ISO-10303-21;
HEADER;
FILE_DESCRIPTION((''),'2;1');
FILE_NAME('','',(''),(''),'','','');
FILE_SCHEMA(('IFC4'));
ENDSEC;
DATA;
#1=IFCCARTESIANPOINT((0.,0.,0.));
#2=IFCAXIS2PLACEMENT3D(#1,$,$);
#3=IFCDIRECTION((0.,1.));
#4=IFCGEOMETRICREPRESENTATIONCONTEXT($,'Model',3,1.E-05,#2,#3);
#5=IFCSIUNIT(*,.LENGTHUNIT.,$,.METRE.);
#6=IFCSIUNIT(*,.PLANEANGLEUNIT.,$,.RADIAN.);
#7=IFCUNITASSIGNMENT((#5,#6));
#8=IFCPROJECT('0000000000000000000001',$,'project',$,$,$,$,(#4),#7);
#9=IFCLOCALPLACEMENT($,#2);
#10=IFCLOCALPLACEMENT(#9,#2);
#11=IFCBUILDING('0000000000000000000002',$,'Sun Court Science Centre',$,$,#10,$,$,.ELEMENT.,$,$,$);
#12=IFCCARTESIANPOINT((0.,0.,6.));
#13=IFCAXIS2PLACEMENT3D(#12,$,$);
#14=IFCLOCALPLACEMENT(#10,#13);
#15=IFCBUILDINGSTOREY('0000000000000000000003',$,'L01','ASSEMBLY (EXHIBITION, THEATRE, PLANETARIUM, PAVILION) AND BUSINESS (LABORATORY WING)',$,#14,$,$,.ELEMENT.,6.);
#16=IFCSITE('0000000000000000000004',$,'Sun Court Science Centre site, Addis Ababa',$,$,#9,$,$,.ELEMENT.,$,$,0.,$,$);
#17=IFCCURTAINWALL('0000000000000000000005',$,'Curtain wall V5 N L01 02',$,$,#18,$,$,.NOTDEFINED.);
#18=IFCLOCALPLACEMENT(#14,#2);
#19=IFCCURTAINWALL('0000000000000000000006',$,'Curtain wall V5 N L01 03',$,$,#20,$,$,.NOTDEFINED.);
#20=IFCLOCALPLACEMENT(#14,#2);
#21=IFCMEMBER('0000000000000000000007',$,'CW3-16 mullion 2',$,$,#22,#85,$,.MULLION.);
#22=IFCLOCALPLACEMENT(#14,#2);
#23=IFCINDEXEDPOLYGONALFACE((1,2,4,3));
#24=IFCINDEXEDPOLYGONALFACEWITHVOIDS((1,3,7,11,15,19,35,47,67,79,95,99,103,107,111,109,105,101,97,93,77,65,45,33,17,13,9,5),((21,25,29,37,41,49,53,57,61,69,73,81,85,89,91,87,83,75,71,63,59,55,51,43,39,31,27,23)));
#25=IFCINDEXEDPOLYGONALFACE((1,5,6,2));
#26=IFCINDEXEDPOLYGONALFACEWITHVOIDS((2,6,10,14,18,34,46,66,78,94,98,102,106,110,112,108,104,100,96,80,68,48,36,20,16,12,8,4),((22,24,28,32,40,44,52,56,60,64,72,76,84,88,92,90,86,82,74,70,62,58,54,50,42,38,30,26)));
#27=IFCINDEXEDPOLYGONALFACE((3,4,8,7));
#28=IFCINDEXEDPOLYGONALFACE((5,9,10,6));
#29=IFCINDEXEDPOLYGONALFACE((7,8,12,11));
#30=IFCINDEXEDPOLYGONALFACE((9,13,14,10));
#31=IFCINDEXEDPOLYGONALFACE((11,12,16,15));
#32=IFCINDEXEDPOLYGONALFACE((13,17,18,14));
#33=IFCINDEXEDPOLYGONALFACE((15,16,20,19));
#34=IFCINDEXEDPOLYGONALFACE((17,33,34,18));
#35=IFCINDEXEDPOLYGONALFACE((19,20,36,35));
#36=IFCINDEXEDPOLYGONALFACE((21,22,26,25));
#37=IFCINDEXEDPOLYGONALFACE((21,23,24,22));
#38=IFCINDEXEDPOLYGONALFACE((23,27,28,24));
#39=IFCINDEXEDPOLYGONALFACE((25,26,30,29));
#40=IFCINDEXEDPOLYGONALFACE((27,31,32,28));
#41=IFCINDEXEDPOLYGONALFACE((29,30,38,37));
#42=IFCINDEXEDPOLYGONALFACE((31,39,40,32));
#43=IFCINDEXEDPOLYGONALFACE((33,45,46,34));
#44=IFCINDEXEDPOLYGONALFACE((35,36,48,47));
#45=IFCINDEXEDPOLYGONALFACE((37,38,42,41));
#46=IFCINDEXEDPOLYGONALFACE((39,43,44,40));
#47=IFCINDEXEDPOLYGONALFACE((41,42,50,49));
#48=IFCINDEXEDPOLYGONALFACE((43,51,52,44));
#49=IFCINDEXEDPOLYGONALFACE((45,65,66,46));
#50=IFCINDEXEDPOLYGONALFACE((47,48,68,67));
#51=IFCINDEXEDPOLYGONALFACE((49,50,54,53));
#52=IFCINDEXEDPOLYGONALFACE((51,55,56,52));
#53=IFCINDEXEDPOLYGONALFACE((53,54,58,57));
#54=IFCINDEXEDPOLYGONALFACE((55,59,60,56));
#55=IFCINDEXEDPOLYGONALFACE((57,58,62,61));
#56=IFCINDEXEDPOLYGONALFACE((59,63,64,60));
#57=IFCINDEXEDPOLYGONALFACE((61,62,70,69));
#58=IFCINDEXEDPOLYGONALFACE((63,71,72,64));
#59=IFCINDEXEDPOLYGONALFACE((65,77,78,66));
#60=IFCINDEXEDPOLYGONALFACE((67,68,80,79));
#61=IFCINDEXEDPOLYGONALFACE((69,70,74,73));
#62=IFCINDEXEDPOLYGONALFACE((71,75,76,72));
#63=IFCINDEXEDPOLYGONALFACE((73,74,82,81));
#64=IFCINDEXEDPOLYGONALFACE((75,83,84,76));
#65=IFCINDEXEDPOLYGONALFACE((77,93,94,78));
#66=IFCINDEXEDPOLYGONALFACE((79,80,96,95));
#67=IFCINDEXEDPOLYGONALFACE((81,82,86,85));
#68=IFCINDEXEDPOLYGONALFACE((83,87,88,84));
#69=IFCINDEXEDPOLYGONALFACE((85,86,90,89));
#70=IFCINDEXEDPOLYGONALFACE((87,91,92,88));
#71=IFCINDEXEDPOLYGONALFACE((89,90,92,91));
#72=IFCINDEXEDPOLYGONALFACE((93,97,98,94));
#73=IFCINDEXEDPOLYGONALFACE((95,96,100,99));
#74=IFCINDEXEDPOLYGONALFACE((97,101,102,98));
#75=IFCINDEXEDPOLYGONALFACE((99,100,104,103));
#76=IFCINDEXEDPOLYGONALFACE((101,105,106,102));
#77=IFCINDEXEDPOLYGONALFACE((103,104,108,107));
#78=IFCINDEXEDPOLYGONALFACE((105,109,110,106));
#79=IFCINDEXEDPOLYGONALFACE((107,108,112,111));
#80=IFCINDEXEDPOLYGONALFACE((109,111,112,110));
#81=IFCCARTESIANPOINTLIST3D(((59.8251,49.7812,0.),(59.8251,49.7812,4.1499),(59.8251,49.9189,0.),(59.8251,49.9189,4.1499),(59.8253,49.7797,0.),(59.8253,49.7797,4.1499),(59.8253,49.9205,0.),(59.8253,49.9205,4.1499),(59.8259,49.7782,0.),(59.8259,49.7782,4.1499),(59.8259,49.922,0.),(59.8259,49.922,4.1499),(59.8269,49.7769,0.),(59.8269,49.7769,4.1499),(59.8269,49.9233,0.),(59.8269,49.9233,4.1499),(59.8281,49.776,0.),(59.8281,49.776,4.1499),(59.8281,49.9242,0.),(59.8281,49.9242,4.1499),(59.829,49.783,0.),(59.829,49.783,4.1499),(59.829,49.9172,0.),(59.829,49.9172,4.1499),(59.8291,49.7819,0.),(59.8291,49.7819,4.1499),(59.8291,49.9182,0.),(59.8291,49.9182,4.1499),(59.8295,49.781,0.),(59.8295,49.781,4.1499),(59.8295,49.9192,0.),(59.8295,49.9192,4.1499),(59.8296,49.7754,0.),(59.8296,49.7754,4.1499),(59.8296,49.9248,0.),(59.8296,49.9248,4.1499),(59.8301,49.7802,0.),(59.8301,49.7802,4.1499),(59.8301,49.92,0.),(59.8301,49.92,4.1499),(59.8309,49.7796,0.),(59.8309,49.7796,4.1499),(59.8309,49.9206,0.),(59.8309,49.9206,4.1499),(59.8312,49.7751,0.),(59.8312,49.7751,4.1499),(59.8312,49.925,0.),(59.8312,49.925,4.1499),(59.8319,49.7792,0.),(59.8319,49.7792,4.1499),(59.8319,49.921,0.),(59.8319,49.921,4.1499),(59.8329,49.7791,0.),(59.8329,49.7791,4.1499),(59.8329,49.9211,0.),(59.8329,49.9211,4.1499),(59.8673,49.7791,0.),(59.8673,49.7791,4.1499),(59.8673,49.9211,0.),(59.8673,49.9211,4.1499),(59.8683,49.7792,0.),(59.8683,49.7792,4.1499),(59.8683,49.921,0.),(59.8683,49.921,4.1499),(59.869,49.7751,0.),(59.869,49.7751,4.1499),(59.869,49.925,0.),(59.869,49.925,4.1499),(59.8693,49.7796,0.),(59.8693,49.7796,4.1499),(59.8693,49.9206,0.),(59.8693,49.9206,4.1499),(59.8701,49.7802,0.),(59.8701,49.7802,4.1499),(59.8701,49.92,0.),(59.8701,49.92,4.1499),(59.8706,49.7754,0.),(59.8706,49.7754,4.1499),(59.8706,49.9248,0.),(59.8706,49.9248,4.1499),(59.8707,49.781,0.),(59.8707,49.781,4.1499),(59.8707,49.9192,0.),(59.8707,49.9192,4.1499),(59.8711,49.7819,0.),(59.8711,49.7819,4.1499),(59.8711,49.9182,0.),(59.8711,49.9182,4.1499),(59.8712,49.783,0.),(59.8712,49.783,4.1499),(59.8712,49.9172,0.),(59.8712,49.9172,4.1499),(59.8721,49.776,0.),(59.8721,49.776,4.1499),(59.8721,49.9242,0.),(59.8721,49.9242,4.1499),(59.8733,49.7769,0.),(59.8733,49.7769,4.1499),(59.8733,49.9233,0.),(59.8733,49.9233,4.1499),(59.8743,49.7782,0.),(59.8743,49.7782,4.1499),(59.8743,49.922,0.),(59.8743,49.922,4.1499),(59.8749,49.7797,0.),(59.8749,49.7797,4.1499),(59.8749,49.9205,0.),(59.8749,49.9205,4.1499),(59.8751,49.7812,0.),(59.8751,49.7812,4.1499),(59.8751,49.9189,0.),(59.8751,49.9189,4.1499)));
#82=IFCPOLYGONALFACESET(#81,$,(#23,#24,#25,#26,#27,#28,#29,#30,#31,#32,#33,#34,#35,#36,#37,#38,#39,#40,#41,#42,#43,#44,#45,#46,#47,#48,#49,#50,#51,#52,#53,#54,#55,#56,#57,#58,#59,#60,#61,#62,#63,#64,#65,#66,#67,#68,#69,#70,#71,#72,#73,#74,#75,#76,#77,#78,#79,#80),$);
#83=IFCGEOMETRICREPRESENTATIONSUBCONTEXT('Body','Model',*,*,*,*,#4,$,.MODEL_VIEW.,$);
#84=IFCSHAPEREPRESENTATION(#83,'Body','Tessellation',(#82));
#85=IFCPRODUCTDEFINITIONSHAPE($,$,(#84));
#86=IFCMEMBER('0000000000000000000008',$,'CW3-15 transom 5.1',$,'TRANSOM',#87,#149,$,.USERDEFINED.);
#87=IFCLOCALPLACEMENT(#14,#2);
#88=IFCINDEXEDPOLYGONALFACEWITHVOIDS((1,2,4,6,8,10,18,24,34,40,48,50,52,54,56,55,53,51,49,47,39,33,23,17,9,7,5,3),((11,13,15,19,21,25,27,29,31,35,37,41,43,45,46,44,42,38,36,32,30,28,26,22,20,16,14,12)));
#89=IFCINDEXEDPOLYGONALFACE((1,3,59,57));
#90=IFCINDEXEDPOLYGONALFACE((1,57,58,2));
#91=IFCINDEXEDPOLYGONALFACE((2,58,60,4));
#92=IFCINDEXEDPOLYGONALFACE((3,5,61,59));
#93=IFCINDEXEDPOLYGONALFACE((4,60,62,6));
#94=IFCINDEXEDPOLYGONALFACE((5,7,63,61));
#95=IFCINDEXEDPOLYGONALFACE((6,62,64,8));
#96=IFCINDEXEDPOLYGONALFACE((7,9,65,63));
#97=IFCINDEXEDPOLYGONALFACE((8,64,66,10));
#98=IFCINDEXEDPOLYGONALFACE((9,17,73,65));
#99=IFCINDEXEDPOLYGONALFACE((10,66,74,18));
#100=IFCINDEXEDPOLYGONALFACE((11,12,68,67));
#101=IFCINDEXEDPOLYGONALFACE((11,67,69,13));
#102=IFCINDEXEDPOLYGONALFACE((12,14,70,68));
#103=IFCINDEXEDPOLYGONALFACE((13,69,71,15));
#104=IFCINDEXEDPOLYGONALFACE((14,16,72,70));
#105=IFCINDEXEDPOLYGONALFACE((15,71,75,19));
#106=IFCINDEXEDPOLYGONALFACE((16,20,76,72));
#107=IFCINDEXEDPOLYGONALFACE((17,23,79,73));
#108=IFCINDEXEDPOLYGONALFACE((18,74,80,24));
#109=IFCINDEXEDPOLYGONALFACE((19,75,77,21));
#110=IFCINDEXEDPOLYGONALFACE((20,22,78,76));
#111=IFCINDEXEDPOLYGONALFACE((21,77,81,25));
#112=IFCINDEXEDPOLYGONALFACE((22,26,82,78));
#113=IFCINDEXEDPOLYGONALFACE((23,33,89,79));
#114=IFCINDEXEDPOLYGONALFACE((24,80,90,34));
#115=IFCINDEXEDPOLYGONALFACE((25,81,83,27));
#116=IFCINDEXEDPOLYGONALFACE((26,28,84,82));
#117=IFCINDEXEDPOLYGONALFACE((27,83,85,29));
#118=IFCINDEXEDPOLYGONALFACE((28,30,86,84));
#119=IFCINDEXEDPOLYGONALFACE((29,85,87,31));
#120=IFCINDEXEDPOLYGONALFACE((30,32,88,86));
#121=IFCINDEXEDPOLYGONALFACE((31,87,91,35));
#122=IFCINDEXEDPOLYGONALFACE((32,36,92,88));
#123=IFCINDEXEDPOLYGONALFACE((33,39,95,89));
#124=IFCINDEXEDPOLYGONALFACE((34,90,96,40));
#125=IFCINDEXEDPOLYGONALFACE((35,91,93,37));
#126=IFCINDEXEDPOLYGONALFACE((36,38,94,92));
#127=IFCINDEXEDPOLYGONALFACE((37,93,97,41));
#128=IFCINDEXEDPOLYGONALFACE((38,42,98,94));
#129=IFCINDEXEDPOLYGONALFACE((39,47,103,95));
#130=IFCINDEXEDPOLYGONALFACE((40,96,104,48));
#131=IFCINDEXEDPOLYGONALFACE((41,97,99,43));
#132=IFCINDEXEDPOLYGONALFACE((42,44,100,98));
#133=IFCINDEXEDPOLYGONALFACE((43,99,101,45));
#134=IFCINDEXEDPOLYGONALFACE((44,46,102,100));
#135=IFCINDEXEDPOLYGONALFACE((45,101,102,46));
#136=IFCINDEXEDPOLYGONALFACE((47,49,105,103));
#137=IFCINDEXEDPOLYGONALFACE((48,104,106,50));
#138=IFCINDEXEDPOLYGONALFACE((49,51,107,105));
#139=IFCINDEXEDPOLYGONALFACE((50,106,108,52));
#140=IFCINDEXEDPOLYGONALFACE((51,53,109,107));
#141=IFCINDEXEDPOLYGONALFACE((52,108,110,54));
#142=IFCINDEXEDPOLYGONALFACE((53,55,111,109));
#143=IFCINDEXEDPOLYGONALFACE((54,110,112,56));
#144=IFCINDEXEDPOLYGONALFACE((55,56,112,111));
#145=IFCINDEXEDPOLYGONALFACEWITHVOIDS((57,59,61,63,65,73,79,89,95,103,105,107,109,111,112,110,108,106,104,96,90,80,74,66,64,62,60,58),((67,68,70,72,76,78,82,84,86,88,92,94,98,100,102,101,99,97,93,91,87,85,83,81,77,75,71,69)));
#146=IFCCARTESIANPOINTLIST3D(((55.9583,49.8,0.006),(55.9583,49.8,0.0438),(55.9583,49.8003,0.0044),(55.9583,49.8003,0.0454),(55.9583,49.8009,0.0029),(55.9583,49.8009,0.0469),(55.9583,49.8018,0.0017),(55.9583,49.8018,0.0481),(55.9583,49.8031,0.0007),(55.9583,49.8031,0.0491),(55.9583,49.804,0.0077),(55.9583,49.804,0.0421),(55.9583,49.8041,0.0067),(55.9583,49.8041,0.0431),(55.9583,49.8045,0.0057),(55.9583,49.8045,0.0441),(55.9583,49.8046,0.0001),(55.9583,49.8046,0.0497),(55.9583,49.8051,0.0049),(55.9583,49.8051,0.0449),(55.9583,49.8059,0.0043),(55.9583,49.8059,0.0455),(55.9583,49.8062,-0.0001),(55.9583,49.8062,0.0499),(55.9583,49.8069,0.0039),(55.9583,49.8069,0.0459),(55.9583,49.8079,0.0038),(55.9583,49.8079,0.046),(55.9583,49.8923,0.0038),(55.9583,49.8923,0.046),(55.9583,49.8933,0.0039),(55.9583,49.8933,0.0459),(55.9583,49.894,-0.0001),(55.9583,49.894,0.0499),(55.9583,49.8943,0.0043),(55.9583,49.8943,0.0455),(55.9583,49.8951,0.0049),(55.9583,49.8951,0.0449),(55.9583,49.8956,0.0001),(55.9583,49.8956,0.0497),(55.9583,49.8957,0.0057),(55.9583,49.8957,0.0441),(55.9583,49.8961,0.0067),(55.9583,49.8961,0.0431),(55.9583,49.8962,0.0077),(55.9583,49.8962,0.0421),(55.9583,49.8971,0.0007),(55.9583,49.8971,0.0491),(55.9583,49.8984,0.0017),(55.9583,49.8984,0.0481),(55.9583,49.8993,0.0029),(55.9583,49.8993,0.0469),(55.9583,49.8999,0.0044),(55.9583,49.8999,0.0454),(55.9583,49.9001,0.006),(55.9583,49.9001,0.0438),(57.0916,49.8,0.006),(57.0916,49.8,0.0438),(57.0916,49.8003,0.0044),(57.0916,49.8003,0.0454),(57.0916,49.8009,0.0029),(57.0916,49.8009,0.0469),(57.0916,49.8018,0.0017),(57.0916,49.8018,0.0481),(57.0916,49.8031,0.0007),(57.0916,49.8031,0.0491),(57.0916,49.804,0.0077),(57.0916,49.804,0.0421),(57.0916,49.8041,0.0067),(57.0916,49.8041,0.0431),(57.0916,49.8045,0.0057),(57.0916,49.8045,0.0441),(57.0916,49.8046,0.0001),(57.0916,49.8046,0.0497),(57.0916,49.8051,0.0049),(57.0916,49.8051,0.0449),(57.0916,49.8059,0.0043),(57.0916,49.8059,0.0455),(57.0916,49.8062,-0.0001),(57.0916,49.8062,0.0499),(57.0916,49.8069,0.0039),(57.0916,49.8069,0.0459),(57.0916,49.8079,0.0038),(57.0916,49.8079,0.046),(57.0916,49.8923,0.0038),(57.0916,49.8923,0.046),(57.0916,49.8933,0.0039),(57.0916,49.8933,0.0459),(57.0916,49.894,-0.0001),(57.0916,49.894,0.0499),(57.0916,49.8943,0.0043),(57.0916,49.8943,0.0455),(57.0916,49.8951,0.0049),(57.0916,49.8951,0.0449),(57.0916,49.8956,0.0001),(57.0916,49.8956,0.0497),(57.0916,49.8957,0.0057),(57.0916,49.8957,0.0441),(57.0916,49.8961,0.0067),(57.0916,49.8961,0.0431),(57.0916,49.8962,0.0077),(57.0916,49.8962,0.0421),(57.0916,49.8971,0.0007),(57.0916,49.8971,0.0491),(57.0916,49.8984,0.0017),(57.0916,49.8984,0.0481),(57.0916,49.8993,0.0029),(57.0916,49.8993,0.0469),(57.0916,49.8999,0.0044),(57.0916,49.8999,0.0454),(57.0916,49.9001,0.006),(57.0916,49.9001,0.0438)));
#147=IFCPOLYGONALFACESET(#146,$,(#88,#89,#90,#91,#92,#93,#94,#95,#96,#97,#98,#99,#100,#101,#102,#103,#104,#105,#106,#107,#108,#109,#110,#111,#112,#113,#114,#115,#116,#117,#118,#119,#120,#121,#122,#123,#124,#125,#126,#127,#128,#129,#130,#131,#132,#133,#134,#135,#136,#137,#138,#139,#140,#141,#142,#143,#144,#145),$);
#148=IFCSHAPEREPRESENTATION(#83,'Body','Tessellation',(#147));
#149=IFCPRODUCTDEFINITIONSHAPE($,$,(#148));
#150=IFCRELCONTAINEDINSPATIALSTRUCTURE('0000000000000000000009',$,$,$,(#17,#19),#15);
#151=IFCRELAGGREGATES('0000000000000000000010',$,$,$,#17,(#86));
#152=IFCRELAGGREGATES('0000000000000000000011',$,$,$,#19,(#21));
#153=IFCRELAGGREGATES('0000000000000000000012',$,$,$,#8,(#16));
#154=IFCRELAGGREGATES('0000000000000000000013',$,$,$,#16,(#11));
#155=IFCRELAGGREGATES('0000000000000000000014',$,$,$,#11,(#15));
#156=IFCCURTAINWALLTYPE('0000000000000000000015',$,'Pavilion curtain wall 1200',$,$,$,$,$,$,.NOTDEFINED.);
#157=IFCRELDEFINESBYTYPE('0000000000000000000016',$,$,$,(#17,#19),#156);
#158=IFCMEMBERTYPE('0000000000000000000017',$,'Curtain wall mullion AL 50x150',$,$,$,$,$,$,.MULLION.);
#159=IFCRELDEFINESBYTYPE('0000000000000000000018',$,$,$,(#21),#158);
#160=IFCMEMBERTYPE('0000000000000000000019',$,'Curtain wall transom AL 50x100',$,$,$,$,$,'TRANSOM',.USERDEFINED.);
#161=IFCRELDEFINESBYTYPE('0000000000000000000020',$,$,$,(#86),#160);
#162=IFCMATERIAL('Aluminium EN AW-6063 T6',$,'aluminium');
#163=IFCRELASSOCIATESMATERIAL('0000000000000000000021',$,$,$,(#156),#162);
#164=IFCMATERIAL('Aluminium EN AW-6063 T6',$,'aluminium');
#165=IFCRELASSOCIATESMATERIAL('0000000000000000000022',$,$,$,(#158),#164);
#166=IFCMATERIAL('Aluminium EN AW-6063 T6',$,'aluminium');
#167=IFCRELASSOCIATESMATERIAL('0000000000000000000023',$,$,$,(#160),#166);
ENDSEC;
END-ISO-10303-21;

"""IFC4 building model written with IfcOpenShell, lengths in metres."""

from ifc_helpers import new_model, si_unit, direction, frame, origin, origin_2d, place, context, subcontext, project, spatial, hollow_rectangle, extrude, material, material_profile, profile_set, type_object, element, aggregate, save


model = new_model("IFC4")

# Units and contexts
model_context = context("Model", 3, precision=1e-05, world=origin(), true_north=direction((0.0, 1.0)))
body_context = subcontext(model_context, "Body", "Model", "MODEL_VIEW")
ifc_project = project(units=[si_unit("LENGTHUNIT", "METRE"), si_unit("PLANEANGLEUNIT", "RADIAN")], contexts=[model_context])

# Site, building, storey
site_placement = place(None, origin())
site = spatial("IfcSite", under=ifc_project, at=site_placement, Name="Sun Court Science Centre site, Addis Ababa", CompositionType="ELEMENT", RefElevation=0.0)
building_placement = place(site_placement, origin())
building = spatial("IfcBuilding", under=site, at=building_placement, Name="Sun Court Science Centre", CompositionType="ELEMENT")
storey_placement = place(building_placement, frame((0.0, 0.0, 6.0)))
storey = spatial("IfcBuildingStorey", under=building, at=storey_placement, Name="L01", Description="ASSEMBLY (EXHIBITION, THEATRE, PLANETARIUM, PAVILION) AND BUSINESS (LABORATORY WING)", CompositionType="ELEMENT", Elevation=6.0)

# Curtain walls, member
ifc_material_1 = material(Name="Aluminium EN AW-6063 T6", Category="aluminium")
curtain_wall_type = type_object("IfcCurtainWallType", Name="Pavilion curtain wall 1200", PredefinedType="NOTDEFINED", material=ifc_material_1)
curtain_wall_1_placement = place(storey_placement, origin())
curtain_wall_1 = element("IfcCurtainWall", 1, at=curtain_wall_1_placement, inside=storey, type_object=curtain_wall_type, Name="Curtain wall V5 N L01 02", PredefinedType="NOTDEFINED")
ifc_material_2 = material(Name="Aluminium EN AW-6063 T6", Category="aluminium")
ifc_material_profile_1 = material_profile(ifc_material_2, hollow_rectangle(XDim=0.05, YDim=0.1499, WallThickness=0.0039, InnerFilletRadius=0.0039, OuterFilletRadius=0.0061, at=origin_2d()), Name="AL 50x150x4")
ifc_profile_set_1 = profile_set([ifc_material_profile_1], Name="Aluminium EN AW-6063 T6")
member_type_1 = type_object("IfcMemberType", Name="Curtain wall mullion AL 50x150", PredefinedType="MULLION", material=ifc_profile_set_1)
curtain_wall_2_placement = place(storey_placement, origin())
curtain_wall_2 = element("IfcCurtainWall", 2, at=curtain_wall_2_placement, inside=storey, type_object=curtain_wall_type, Name="Curtain wall V5 N L01 03", PredefinedType="NOTDEFINED")
member_1_placement = place(storey_placement, frame((59.8501, 49.8501, 0.0), z_axis=(0.0, 0.0, 1.0), x_axis=(1.0, 0.0, 0.0)))
member_1 = element("IfcMember", 3, at=member_1_placement, type_object=member_type_1, Name="CW3-16 mullion 2", PredefinedType="MULLION", context=body_context, shape_type="SweptSolid", body=[
    extrude(hollow_rectangle(XDim=0.05, YDim=0.1499, WallThickness=0.0039, InnerFilletRadius=0.0039, OuterFilletRadius=0.0061, at=origin_2d()), origin(), (0.0, 0.0, 1.0), 4.1499),
])

# Member
ifc_material_3 = material(Name="Aluminium EN AW-6063 T6", Category="aluminium")
ifc_material_profile_2 = material_profile(ifc_material_3, hollow_rectangle(XDim=0.05, YDim=0.1001, WallThickness=0.0039, InnerFilletRadius=0.0039, OuterFilletRadius=0.0061, at=origin_2d()), Name="AL 50x100x4")
ifc_profile_set_2 = profile_set([ifc_material_profile_2], Name="Aluminium EN AW-6063 T6")
member_type_2 = type_object("IfcMemberType", Name="Curtain wall transom AL 50x100", ElementType="TRANSOM", PredefinedType="USERDEFINED", material=ifc_profile_set_2)
member_2_placement = place(storey_placement, frame((55.9583, 49.8501, 0.0249), z_axis=(1.0, 0.0, 0.0), x_axis=(0.0, 0.0, 1.0)))
member_2 = element("IfcMember", 4, at=member_2_placement, type_object=member_type_2, Name="CW3-15 transom 5.1", ObjectType="TRANSOM", PredefinedType="USERDEFINED", context=body_context, shape_type="SweptSolid", body=[
    extrude(hollow_rectangle(XDim=0.05, YDim=0.1001, WallThickness=0.0039, InnerFilletRadius=0.0039, OuterFilletRadius=0.0061, at=origin_2d()), origin(), (0.0, 0.0, 1.0), 1.1333),
])

aggregate(curtain_wall_1, [member_2])
aggregate(curtain_wall_2, [member_1])

save(model, "model.ifc")
